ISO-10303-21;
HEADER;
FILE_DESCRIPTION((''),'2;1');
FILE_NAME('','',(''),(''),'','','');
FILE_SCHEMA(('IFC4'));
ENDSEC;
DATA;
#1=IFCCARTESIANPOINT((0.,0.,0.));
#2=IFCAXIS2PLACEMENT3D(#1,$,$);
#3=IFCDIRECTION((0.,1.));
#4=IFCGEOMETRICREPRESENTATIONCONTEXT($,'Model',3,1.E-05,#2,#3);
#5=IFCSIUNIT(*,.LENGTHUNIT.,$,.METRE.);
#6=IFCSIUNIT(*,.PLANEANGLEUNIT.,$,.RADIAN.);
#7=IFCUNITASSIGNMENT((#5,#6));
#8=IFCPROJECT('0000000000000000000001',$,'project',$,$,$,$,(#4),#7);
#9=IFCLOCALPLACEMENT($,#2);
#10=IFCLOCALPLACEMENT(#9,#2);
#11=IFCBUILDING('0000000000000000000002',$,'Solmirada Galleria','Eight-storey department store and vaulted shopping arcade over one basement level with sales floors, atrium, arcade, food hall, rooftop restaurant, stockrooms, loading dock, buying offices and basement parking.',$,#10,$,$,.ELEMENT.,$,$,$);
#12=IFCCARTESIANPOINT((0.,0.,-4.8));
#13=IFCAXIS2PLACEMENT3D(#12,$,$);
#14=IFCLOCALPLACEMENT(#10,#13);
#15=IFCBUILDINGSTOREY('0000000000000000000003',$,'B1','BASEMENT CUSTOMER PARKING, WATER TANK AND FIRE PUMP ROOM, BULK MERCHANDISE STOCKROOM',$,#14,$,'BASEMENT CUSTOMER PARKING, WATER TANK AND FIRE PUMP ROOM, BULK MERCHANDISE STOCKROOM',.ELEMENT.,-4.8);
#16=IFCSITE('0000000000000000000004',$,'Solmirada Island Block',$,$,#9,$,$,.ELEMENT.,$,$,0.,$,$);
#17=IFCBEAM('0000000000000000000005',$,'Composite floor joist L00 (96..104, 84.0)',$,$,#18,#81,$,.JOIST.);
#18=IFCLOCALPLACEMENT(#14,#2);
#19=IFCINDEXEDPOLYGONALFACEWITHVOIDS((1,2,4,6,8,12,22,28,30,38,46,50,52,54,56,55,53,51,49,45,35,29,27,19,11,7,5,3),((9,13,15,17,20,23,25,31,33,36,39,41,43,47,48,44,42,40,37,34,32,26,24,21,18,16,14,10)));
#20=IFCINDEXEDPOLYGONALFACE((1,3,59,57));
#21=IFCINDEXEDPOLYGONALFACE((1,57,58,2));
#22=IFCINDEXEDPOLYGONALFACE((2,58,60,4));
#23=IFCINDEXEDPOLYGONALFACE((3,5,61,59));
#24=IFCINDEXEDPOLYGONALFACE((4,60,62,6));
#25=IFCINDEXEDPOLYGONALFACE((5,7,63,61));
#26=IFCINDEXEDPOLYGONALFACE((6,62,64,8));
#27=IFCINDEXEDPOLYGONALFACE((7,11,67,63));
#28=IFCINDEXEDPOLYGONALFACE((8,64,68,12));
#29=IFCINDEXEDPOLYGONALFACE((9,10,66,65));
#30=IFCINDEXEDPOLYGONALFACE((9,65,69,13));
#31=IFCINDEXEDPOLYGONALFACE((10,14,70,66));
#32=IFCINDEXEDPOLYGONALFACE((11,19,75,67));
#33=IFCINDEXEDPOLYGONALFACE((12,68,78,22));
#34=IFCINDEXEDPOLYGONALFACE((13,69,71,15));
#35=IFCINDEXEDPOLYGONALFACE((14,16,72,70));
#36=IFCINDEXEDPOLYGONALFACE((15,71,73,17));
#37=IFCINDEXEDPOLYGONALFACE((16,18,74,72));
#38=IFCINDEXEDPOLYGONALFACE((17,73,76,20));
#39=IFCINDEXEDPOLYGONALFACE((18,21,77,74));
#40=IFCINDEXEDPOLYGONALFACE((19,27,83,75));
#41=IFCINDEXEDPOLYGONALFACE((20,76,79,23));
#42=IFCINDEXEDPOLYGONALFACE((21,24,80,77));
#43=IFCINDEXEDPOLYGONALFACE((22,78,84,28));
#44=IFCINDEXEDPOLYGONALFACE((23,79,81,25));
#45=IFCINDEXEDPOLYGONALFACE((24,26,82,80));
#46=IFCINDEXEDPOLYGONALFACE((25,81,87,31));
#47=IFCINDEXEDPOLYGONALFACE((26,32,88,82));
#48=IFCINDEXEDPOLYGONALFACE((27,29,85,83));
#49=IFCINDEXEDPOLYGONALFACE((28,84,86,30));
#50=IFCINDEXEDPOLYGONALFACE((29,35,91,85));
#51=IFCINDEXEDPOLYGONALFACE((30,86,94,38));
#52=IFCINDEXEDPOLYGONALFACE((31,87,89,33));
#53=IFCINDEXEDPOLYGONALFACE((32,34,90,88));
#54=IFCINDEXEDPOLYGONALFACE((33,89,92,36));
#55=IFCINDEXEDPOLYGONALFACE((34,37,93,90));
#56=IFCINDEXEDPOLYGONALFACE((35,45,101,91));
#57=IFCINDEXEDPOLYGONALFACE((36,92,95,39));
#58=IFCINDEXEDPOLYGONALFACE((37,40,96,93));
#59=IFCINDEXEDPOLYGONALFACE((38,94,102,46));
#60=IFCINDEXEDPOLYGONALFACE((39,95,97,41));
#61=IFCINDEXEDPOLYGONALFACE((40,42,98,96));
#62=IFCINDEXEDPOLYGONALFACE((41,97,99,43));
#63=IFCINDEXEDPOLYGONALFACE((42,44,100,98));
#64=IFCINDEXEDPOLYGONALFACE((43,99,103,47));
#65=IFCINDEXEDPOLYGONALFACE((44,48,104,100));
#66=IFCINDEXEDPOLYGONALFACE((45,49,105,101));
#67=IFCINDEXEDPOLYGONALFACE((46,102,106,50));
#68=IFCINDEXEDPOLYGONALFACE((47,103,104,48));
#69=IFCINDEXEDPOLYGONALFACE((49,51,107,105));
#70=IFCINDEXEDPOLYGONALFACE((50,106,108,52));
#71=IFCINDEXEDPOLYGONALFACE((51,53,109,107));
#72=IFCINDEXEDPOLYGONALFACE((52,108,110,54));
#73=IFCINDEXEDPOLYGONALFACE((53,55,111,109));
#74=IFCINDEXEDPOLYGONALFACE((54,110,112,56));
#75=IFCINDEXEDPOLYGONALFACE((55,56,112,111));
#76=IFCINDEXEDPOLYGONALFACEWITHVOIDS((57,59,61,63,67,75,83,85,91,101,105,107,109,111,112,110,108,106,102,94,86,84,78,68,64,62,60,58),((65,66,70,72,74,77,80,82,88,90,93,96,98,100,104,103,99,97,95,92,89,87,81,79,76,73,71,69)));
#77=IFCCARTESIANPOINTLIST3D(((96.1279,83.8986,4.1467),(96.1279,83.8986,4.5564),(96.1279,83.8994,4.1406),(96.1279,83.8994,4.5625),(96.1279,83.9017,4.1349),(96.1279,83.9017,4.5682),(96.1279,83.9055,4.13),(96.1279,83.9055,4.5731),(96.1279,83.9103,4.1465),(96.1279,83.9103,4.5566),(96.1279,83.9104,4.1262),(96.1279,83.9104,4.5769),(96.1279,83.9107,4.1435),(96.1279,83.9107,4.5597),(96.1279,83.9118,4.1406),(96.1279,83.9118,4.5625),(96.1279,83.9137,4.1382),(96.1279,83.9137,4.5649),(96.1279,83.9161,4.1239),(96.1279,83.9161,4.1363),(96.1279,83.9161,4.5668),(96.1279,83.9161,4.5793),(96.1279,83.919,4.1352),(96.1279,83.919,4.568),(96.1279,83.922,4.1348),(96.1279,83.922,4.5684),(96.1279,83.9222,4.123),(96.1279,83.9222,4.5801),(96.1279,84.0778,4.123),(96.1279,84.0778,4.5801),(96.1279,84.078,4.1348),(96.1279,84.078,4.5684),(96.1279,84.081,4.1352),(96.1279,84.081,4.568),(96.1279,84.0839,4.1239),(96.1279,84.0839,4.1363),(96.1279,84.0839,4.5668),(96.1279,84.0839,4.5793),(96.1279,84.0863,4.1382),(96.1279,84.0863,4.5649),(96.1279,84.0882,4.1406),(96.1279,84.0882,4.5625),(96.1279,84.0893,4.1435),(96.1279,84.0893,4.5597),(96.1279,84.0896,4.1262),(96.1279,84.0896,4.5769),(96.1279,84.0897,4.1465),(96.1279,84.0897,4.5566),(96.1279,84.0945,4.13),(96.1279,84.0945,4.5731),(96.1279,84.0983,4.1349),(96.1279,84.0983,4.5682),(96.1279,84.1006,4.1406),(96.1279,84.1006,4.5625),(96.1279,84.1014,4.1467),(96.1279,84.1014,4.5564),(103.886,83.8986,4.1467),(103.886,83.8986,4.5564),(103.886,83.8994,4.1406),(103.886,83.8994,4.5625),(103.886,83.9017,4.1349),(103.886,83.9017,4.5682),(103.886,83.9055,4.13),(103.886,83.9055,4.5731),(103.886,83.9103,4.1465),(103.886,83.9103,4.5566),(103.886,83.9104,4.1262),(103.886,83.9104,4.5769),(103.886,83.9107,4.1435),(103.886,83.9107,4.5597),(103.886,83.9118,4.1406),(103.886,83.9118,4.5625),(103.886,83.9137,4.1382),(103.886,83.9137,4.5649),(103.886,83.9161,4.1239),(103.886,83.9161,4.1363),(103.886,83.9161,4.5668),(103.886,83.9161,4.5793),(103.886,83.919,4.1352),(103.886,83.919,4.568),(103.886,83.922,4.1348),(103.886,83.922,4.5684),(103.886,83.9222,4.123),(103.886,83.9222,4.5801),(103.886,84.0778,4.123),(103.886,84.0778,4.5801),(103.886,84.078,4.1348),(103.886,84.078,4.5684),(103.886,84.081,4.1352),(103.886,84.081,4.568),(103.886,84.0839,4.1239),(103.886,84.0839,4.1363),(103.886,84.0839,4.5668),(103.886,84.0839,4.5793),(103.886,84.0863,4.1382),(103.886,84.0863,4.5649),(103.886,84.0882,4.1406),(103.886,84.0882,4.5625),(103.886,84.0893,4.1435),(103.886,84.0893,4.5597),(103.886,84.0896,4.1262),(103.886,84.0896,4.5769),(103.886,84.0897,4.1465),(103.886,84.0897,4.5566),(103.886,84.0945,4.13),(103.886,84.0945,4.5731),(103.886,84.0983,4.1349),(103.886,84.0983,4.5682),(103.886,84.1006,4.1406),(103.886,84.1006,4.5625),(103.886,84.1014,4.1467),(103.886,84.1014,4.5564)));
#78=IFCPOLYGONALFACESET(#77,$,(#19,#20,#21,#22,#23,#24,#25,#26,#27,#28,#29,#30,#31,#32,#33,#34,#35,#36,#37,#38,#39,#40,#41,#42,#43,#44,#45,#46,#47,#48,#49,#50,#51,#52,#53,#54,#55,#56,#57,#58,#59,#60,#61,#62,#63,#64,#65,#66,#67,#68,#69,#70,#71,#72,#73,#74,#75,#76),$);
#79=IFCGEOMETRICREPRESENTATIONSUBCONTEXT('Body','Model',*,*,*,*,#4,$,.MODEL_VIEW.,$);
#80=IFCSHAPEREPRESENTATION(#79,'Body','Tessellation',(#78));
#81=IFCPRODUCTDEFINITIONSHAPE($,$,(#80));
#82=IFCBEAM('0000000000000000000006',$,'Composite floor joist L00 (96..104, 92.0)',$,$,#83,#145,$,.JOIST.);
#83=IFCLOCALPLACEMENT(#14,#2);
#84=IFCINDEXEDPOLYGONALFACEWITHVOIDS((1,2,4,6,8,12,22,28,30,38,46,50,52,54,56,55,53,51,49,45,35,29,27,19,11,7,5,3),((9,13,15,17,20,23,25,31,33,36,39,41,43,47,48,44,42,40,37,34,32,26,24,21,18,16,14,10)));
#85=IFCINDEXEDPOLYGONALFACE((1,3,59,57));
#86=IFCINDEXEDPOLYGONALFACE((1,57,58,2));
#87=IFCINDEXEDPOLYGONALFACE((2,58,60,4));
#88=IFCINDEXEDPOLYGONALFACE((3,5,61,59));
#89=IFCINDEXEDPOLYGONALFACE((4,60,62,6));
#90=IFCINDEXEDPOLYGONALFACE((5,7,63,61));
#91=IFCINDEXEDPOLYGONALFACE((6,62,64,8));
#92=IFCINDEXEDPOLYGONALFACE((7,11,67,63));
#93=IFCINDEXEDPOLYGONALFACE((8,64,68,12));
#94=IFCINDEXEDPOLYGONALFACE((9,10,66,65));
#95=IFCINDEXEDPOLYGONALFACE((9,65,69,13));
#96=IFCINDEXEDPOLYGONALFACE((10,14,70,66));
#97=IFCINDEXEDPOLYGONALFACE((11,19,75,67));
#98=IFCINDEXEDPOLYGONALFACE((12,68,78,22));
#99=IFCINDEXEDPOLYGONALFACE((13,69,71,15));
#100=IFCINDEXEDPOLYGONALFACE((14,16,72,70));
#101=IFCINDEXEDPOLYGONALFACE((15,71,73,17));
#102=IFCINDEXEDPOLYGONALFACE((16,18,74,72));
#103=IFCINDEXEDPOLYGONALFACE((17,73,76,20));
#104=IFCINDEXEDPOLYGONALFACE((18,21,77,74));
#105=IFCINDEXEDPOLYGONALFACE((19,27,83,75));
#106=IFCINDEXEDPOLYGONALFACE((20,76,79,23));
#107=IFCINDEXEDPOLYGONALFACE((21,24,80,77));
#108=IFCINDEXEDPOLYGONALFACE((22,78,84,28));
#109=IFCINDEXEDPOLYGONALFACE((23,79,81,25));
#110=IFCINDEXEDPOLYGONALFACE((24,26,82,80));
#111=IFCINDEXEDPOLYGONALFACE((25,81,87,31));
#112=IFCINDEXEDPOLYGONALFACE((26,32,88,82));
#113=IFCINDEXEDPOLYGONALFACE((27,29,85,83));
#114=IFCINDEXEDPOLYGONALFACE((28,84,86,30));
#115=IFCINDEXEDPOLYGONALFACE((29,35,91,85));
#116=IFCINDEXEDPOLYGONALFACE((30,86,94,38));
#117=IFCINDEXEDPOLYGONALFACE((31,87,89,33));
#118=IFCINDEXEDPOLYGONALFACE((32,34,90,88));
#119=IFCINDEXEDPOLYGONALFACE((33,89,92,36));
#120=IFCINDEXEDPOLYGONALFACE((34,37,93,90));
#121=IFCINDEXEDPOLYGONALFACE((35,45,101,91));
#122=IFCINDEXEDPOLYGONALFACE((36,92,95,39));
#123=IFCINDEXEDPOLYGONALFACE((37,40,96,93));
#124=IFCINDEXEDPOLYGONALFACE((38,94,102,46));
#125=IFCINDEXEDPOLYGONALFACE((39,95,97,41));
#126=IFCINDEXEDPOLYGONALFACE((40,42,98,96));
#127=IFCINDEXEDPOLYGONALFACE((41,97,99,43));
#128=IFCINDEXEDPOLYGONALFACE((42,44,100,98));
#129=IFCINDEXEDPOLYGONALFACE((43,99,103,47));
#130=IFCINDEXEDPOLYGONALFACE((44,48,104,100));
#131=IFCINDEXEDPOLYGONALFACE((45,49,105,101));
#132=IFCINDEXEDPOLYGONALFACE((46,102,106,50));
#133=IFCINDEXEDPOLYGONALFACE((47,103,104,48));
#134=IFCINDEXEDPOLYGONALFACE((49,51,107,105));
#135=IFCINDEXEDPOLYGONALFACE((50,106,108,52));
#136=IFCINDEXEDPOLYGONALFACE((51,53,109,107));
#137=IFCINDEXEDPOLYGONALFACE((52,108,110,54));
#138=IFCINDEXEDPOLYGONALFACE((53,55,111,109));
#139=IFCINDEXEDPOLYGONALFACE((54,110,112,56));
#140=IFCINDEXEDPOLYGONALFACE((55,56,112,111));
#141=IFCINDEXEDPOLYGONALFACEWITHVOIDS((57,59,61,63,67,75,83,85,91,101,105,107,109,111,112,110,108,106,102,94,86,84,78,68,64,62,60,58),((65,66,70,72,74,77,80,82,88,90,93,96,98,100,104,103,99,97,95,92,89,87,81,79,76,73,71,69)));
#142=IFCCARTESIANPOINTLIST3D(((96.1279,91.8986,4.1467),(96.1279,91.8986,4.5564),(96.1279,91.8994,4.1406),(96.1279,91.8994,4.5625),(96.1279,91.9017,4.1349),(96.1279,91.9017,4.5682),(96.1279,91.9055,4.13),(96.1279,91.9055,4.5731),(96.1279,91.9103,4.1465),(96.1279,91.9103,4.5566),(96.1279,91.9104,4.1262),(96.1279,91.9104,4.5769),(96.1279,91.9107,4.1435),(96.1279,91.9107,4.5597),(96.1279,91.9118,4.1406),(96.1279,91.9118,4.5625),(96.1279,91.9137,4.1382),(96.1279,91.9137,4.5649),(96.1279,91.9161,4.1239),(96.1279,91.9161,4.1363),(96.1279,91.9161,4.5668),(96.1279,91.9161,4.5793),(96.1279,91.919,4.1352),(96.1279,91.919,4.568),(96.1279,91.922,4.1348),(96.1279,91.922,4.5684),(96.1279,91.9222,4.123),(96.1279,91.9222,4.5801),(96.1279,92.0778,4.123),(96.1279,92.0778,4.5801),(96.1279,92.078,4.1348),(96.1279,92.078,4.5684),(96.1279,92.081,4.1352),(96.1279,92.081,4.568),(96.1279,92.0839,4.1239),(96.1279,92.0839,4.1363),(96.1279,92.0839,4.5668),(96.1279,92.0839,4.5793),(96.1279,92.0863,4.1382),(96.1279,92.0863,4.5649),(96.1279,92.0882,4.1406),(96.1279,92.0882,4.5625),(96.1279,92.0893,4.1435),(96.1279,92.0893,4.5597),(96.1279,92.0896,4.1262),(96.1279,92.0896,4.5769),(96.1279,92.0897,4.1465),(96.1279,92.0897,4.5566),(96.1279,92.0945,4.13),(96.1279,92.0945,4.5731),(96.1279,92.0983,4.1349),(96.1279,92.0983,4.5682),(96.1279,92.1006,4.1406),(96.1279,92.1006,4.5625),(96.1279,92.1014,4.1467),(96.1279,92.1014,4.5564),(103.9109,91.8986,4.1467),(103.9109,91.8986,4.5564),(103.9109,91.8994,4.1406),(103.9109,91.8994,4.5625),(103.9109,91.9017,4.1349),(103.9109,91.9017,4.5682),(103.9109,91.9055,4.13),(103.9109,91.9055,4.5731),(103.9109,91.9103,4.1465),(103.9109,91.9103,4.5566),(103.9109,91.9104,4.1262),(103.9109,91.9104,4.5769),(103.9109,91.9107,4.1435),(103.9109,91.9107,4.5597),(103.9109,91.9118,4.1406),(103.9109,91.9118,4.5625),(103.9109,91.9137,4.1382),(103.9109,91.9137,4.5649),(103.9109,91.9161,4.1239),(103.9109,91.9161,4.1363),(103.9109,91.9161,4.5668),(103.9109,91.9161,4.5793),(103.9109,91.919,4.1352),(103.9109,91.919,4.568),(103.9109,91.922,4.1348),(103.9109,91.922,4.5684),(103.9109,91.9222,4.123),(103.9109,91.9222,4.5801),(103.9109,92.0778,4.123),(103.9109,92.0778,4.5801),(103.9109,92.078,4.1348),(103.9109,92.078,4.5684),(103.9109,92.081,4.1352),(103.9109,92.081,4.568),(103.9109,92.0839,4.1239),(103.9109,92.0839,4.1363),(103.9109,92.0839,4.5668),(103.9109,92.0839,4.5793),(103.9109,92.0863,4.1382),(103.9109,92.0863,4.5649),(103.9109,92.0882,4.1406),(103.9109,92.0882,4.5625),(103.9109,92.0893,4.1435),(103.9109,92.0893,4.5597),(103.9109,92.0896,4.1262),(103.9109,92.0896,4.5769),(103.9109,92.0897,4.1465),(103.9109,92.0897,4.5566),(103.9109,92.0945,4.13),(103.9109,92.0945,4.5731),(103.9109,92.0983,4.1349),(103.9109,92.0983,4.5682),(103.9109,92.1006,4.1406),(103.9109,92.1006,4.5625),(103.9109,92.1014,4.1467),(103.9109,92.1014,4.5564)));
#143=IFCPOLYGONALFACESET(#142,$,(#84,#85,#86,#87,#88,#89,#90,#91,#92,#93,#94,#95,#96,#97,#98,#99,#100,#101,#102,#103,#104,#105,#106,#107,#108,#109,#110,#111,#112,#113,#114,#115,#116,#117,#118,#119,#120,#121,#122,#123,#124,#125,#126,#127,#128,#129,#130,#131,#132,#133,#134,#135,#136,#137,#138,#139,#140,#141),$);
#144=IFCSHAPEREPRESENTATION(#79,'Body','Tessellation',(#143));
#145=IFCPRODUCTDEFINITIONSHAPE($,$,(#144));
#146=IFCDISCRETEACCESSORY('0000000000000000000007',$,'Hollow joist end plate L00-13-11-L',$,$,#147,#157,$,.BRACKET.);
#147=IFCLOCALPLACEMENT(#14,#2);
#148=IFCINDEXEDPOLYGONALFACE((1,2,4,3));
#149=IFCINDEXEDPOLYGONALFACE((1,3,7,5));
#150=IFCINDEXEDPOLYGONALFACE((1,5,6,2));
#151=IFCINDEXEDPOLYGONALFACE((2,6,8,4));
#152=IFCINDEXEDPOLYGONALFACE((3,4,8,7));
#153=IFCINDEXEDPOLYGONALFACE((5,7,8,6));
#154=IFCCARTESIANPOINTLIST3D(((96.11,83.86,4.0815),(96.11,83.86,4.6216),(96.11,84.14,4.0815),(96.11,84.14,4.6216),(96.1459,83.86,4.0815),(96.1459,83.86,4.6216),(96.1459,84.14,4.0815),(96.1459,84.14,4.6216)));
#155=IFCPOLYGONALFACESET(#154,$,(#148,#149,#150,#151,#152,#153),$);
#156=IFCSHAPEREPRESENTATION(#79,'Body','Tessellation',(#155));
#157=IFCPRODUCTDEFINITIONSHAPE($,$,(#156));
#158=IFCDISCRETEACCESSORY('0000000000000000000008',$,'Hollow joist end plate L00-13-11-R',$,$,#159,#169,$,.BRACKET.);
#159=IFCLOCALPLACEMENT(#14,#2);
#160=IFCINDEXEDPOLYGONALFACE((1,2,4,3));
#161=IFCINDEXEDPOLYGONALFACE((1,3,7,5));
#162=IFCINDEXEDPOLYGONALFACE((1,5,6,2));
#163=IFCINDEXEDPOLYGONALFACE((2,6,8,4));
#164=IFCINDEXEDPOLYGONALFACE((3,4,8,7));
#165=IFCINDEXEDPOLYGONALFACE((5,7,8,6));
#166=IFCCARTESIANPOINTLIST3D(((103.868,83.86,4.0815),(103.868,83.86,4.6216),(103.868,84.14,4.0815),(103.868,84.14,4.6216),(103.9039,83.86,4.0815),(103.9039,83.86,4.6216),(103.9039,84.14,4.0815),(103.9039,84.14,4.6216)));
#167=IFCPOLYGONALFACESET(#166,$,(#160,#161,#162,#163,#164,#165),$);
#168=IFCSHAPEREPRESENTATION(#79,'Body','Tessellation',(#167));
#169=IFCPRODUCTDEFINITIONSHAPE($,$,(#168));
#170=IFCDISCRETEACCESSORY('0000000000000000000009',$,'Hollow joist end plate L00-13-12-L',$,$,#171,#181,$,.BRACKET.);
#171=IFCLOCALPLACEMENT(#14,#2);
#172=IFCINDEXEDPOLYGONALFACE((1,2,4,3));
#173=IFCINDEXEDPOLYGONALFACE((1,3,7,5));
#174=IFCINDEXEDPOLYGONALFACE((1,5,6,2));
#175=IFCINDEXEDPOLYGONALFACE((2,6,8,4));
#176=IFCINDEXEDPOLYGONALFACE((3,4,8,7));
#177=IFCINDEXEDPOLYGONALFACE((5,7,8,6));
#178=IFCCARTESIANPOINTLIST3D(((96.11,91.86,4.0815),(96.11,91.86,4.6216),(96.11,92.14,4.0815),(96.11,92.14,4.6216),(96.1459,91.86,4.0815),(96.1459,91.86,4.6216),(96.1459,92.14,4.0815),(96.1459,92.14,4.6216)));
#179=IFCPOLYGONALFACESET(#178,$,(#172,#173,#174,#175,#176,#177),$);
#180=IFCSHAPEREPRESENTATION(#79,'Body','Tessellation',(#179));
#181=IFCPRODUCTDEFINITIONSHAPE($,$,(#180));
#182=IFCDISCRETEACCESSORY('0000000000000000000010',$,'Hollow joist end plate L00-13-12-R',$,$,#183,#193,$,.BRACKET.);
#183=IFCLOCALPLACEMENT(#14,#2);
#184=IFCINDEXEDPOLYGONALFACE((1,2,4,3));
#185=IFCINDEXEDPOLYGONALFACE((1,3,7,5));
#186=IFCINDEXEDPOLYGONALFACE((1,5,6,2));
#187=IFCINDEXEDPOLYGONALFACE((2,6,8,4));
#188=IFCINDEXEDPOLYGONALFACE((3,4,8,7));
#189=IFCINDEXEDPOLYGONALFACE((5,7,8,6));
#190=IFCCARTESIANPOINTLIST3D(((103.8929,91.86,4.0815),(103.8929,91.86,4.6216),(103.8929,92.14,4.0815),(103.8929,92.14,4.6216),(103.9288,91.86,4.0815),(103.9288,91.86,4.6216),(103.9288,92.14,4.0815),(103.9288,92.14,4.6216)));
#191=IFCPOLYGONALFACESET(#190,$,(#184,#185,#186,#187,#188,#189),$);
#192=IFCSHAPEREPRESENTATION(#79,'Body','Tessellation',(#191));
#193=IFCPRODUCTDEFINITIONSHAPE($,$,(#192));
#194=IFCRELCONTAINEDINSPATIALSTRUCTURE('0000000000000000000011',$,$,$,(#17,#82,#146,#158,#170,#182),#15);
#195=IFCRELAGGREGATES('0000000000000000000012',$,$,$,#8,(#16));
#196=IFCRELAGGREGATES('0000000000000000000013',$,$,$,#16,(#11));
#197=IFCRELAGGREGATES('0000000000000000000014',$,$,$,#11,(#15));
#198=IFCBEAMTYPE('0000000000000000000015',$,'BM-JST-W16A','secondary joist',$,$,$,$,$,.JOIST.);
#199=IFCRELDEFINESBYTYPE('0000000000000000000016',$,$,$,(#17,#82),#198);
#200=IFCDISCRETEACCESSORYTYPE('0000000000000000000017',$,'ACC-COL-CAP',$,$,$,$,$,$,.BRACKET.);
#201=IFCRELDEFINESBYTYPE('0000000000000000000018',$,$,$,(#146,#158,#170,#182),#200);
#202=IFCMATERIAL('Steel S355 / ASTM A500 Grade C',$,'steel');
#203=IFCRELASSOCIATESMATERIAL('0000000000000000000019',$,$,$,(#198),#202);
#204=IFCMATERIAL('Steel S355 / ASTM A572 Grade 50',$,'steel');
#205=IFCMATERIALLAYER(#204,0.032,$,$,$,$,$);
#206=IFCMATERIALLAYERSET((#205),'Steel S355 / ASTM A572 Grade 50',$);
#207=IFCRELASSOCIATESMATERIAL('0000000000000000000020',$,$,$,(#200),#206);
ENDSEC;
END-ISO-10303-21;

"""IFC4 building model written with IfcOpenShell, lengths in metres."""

from ifc_helpers import new_model, si_unit, direction, frame, origin, origin_2d, place, context, subcontext, project, spatial, rectangle, hollow_rectangle, extrude, material, layer, layer_set, material_profile, profile_set, type_object, element, save


model = new_model("IFC4")

# Units and contexts
model_context = context("Model", 3, precision=1e-05, world=origin(), true_north=direction((0.0, 1.0)))
body_context = subcontext(model_context, "Body", "Model", "MODEL_VIEW")
ifc_project = project(units=[si_unit("LENGTHUNIT", "METRE"), si_unit("PLANEANGLEUNIT", "RADIAN")], contexts=[model_context])

# Site, building, storey
site_placement = place(None, origin())
site = spatial("IfcSite", under=ifc_project, at=site_placement, Name="Solmirada Island Block", CompositionType="ELEMENT", RefElevation=0.0)
building_placement = place(site_placement, origin())
building = spatial("IfcBuilding", under=site, at=building_placement, Name="Solmirada Galleria", Description="Eight-storey department store and vaulted shopping arcade over one basement level with sales floors, atrium, arcade, food hall, rooftop restaurant, stockrooms, loading dock, buying offices and basement parking.", CompositionType="ELEMENT")
storey_placement = place(building_placement, frame((0.0, 0.0, -4.8)))
storey = spatial("IfcBuildingStorey", under=building, at=storey_placement, Name="B1", Description="BASEMENT CUSTOMER PARKING, WATER TANK AND FIRE PUMP ROOM, BULK MERCHANDISE STOCKROOM", LongName="BASEMENT CUSTOMER PARKING, WATER TANK AND FIRE PUMP ROOM, BULK MERCHANDISE STOCKROOM", CompositionType="ELEMENT", Elevation=-4.8)

# Shared definitions
ifc_material_1 = material(Name="Steel S355 / ASTM A500 Grade C", Category="steel")

# Beams
ifc_material_profile_1 = material_profile(ifc_material_1, hollow_rectangle(XDim=0.2029, YDim=0.457, WallThickness=0.0117, InnerFilletRadius=0.0117, OuterFilletRadius=0.0237, at=origin_2d()), Name="HSS18X8X1/2")
ifc_profile_set_1 = profile_set([ifc_material_profile_1], Name="Steel S355 / ASTM A500 Grade C")
beam_type_1 = type_object("IfcBeamType", Name="BM-JST-W16A", Description="secondary joist", PredefinedType="JOIST", material=ifc_profile_set_1)
beam_1_placement = place(storey_placement, frame((96.1279, 84.0, 4.3516), z_axis=(1.0, 0.0, 0.0), x_axis=(0.0, 1.0, 0.0)))
element("IfcBeam", 1, at=beam_1_placement, inside=storey, type_object=beam_type_1, Name="Composite floor joist L00 (96..104, 84.0)", PredefinedType="JOIST", context=body_context, shape_type="SweptSolid", body=[
    extrude(hollow_rectangle(XDim=0.2029, YDim=0.457, WallThickness=0.0117, InnerFilletRadius=0.0117, OuterFilletRadius=0.0237, at=origin_2d()), origin(), (0.0, 0.0, 1.0), 7.7581),
])
beam_2_placement = place(storey_placement, frame((96.1279, 92.0, 4.3516), z_axis=(1.0, 0.0, 0.0), x_axis=(0.0, 1.0, 0.0)))
element("IfcBeam", 2, at=beam_2_placement, inside=storey, type_object=beam_type_1, Name="Composite floor joist L00 (96..104, 92.0)", PredefinedType="JOIST", context=body_context, shape_type="SweptSolid", body=[
    extrude(hollow_rectangle(XDim=0.2029, YDim=0.457, WallThickness=0.0117, InnerFilletRadius=0.0117, OuterFilletRadius=0.0237, at=origin_2d()), origin(), (0.0, 0.0, 1.0), 7.783),
])

# Discrete accessories
ifc_material_2 = material(Name="Steel S355 / ASTM A572 Grade 50", Category="steel")
ifc_layer = layer(ifc_material_2, 0.032)
ifc_layer_set = layer_set([ifc_layer], Name="Steel S355 / ASTM A572 Grade 50")
discrete_accessory_type = type_object("IfcDiscreteAccessoryType", Name="ACC-COL-CAP", PredefinedType="BRACKET", material=ifc_layer_set)
for number, where, z_axis, x_axis, name in (
    (3, (96.1279, 84.0, 4.0815), (0.0, 0.0, 1.0), (1.0, 0.0, 0.0), "Hollow joist end plate L00-13-11-L"),
    (4, (103.886, 84.0, 4.0815), (0.0, 0.0, 1.0), (1.0, 0.0, 0.0), "Hollow joist end plate L00-13-11-R"),
    (5, (96.1279, 92.0, 4.0815), (0.0, 0.0, 1.0), (1.0, 0.0, 0.0), "Hollow joist end plate L00-13-12-L"),
    (6, (103.9109, 92.0, 4.0815), (0.0, 0.0, 1.0), (1.0, 0.0, 0.0), "Hollow joist end plate L00-13-12-R"),
):
    element("IfcDiscreteAccessory", number, at=place(storey_placement, frame(where, z_axis=z_axis, x_axis=x_axis)), inside=storey, type_object=discrete_accessory_type, Name=name, PredefinedType="BRACKET", context=body_context, shape_type="SweptSolid", body=[
        extrude(rectangle(XDim=0.0359, YDim=0.28, at=origin_2d()), origin(), (0.0, 0.0, 1.0), 0.54),
    ])

save(model, "model.ifc")
